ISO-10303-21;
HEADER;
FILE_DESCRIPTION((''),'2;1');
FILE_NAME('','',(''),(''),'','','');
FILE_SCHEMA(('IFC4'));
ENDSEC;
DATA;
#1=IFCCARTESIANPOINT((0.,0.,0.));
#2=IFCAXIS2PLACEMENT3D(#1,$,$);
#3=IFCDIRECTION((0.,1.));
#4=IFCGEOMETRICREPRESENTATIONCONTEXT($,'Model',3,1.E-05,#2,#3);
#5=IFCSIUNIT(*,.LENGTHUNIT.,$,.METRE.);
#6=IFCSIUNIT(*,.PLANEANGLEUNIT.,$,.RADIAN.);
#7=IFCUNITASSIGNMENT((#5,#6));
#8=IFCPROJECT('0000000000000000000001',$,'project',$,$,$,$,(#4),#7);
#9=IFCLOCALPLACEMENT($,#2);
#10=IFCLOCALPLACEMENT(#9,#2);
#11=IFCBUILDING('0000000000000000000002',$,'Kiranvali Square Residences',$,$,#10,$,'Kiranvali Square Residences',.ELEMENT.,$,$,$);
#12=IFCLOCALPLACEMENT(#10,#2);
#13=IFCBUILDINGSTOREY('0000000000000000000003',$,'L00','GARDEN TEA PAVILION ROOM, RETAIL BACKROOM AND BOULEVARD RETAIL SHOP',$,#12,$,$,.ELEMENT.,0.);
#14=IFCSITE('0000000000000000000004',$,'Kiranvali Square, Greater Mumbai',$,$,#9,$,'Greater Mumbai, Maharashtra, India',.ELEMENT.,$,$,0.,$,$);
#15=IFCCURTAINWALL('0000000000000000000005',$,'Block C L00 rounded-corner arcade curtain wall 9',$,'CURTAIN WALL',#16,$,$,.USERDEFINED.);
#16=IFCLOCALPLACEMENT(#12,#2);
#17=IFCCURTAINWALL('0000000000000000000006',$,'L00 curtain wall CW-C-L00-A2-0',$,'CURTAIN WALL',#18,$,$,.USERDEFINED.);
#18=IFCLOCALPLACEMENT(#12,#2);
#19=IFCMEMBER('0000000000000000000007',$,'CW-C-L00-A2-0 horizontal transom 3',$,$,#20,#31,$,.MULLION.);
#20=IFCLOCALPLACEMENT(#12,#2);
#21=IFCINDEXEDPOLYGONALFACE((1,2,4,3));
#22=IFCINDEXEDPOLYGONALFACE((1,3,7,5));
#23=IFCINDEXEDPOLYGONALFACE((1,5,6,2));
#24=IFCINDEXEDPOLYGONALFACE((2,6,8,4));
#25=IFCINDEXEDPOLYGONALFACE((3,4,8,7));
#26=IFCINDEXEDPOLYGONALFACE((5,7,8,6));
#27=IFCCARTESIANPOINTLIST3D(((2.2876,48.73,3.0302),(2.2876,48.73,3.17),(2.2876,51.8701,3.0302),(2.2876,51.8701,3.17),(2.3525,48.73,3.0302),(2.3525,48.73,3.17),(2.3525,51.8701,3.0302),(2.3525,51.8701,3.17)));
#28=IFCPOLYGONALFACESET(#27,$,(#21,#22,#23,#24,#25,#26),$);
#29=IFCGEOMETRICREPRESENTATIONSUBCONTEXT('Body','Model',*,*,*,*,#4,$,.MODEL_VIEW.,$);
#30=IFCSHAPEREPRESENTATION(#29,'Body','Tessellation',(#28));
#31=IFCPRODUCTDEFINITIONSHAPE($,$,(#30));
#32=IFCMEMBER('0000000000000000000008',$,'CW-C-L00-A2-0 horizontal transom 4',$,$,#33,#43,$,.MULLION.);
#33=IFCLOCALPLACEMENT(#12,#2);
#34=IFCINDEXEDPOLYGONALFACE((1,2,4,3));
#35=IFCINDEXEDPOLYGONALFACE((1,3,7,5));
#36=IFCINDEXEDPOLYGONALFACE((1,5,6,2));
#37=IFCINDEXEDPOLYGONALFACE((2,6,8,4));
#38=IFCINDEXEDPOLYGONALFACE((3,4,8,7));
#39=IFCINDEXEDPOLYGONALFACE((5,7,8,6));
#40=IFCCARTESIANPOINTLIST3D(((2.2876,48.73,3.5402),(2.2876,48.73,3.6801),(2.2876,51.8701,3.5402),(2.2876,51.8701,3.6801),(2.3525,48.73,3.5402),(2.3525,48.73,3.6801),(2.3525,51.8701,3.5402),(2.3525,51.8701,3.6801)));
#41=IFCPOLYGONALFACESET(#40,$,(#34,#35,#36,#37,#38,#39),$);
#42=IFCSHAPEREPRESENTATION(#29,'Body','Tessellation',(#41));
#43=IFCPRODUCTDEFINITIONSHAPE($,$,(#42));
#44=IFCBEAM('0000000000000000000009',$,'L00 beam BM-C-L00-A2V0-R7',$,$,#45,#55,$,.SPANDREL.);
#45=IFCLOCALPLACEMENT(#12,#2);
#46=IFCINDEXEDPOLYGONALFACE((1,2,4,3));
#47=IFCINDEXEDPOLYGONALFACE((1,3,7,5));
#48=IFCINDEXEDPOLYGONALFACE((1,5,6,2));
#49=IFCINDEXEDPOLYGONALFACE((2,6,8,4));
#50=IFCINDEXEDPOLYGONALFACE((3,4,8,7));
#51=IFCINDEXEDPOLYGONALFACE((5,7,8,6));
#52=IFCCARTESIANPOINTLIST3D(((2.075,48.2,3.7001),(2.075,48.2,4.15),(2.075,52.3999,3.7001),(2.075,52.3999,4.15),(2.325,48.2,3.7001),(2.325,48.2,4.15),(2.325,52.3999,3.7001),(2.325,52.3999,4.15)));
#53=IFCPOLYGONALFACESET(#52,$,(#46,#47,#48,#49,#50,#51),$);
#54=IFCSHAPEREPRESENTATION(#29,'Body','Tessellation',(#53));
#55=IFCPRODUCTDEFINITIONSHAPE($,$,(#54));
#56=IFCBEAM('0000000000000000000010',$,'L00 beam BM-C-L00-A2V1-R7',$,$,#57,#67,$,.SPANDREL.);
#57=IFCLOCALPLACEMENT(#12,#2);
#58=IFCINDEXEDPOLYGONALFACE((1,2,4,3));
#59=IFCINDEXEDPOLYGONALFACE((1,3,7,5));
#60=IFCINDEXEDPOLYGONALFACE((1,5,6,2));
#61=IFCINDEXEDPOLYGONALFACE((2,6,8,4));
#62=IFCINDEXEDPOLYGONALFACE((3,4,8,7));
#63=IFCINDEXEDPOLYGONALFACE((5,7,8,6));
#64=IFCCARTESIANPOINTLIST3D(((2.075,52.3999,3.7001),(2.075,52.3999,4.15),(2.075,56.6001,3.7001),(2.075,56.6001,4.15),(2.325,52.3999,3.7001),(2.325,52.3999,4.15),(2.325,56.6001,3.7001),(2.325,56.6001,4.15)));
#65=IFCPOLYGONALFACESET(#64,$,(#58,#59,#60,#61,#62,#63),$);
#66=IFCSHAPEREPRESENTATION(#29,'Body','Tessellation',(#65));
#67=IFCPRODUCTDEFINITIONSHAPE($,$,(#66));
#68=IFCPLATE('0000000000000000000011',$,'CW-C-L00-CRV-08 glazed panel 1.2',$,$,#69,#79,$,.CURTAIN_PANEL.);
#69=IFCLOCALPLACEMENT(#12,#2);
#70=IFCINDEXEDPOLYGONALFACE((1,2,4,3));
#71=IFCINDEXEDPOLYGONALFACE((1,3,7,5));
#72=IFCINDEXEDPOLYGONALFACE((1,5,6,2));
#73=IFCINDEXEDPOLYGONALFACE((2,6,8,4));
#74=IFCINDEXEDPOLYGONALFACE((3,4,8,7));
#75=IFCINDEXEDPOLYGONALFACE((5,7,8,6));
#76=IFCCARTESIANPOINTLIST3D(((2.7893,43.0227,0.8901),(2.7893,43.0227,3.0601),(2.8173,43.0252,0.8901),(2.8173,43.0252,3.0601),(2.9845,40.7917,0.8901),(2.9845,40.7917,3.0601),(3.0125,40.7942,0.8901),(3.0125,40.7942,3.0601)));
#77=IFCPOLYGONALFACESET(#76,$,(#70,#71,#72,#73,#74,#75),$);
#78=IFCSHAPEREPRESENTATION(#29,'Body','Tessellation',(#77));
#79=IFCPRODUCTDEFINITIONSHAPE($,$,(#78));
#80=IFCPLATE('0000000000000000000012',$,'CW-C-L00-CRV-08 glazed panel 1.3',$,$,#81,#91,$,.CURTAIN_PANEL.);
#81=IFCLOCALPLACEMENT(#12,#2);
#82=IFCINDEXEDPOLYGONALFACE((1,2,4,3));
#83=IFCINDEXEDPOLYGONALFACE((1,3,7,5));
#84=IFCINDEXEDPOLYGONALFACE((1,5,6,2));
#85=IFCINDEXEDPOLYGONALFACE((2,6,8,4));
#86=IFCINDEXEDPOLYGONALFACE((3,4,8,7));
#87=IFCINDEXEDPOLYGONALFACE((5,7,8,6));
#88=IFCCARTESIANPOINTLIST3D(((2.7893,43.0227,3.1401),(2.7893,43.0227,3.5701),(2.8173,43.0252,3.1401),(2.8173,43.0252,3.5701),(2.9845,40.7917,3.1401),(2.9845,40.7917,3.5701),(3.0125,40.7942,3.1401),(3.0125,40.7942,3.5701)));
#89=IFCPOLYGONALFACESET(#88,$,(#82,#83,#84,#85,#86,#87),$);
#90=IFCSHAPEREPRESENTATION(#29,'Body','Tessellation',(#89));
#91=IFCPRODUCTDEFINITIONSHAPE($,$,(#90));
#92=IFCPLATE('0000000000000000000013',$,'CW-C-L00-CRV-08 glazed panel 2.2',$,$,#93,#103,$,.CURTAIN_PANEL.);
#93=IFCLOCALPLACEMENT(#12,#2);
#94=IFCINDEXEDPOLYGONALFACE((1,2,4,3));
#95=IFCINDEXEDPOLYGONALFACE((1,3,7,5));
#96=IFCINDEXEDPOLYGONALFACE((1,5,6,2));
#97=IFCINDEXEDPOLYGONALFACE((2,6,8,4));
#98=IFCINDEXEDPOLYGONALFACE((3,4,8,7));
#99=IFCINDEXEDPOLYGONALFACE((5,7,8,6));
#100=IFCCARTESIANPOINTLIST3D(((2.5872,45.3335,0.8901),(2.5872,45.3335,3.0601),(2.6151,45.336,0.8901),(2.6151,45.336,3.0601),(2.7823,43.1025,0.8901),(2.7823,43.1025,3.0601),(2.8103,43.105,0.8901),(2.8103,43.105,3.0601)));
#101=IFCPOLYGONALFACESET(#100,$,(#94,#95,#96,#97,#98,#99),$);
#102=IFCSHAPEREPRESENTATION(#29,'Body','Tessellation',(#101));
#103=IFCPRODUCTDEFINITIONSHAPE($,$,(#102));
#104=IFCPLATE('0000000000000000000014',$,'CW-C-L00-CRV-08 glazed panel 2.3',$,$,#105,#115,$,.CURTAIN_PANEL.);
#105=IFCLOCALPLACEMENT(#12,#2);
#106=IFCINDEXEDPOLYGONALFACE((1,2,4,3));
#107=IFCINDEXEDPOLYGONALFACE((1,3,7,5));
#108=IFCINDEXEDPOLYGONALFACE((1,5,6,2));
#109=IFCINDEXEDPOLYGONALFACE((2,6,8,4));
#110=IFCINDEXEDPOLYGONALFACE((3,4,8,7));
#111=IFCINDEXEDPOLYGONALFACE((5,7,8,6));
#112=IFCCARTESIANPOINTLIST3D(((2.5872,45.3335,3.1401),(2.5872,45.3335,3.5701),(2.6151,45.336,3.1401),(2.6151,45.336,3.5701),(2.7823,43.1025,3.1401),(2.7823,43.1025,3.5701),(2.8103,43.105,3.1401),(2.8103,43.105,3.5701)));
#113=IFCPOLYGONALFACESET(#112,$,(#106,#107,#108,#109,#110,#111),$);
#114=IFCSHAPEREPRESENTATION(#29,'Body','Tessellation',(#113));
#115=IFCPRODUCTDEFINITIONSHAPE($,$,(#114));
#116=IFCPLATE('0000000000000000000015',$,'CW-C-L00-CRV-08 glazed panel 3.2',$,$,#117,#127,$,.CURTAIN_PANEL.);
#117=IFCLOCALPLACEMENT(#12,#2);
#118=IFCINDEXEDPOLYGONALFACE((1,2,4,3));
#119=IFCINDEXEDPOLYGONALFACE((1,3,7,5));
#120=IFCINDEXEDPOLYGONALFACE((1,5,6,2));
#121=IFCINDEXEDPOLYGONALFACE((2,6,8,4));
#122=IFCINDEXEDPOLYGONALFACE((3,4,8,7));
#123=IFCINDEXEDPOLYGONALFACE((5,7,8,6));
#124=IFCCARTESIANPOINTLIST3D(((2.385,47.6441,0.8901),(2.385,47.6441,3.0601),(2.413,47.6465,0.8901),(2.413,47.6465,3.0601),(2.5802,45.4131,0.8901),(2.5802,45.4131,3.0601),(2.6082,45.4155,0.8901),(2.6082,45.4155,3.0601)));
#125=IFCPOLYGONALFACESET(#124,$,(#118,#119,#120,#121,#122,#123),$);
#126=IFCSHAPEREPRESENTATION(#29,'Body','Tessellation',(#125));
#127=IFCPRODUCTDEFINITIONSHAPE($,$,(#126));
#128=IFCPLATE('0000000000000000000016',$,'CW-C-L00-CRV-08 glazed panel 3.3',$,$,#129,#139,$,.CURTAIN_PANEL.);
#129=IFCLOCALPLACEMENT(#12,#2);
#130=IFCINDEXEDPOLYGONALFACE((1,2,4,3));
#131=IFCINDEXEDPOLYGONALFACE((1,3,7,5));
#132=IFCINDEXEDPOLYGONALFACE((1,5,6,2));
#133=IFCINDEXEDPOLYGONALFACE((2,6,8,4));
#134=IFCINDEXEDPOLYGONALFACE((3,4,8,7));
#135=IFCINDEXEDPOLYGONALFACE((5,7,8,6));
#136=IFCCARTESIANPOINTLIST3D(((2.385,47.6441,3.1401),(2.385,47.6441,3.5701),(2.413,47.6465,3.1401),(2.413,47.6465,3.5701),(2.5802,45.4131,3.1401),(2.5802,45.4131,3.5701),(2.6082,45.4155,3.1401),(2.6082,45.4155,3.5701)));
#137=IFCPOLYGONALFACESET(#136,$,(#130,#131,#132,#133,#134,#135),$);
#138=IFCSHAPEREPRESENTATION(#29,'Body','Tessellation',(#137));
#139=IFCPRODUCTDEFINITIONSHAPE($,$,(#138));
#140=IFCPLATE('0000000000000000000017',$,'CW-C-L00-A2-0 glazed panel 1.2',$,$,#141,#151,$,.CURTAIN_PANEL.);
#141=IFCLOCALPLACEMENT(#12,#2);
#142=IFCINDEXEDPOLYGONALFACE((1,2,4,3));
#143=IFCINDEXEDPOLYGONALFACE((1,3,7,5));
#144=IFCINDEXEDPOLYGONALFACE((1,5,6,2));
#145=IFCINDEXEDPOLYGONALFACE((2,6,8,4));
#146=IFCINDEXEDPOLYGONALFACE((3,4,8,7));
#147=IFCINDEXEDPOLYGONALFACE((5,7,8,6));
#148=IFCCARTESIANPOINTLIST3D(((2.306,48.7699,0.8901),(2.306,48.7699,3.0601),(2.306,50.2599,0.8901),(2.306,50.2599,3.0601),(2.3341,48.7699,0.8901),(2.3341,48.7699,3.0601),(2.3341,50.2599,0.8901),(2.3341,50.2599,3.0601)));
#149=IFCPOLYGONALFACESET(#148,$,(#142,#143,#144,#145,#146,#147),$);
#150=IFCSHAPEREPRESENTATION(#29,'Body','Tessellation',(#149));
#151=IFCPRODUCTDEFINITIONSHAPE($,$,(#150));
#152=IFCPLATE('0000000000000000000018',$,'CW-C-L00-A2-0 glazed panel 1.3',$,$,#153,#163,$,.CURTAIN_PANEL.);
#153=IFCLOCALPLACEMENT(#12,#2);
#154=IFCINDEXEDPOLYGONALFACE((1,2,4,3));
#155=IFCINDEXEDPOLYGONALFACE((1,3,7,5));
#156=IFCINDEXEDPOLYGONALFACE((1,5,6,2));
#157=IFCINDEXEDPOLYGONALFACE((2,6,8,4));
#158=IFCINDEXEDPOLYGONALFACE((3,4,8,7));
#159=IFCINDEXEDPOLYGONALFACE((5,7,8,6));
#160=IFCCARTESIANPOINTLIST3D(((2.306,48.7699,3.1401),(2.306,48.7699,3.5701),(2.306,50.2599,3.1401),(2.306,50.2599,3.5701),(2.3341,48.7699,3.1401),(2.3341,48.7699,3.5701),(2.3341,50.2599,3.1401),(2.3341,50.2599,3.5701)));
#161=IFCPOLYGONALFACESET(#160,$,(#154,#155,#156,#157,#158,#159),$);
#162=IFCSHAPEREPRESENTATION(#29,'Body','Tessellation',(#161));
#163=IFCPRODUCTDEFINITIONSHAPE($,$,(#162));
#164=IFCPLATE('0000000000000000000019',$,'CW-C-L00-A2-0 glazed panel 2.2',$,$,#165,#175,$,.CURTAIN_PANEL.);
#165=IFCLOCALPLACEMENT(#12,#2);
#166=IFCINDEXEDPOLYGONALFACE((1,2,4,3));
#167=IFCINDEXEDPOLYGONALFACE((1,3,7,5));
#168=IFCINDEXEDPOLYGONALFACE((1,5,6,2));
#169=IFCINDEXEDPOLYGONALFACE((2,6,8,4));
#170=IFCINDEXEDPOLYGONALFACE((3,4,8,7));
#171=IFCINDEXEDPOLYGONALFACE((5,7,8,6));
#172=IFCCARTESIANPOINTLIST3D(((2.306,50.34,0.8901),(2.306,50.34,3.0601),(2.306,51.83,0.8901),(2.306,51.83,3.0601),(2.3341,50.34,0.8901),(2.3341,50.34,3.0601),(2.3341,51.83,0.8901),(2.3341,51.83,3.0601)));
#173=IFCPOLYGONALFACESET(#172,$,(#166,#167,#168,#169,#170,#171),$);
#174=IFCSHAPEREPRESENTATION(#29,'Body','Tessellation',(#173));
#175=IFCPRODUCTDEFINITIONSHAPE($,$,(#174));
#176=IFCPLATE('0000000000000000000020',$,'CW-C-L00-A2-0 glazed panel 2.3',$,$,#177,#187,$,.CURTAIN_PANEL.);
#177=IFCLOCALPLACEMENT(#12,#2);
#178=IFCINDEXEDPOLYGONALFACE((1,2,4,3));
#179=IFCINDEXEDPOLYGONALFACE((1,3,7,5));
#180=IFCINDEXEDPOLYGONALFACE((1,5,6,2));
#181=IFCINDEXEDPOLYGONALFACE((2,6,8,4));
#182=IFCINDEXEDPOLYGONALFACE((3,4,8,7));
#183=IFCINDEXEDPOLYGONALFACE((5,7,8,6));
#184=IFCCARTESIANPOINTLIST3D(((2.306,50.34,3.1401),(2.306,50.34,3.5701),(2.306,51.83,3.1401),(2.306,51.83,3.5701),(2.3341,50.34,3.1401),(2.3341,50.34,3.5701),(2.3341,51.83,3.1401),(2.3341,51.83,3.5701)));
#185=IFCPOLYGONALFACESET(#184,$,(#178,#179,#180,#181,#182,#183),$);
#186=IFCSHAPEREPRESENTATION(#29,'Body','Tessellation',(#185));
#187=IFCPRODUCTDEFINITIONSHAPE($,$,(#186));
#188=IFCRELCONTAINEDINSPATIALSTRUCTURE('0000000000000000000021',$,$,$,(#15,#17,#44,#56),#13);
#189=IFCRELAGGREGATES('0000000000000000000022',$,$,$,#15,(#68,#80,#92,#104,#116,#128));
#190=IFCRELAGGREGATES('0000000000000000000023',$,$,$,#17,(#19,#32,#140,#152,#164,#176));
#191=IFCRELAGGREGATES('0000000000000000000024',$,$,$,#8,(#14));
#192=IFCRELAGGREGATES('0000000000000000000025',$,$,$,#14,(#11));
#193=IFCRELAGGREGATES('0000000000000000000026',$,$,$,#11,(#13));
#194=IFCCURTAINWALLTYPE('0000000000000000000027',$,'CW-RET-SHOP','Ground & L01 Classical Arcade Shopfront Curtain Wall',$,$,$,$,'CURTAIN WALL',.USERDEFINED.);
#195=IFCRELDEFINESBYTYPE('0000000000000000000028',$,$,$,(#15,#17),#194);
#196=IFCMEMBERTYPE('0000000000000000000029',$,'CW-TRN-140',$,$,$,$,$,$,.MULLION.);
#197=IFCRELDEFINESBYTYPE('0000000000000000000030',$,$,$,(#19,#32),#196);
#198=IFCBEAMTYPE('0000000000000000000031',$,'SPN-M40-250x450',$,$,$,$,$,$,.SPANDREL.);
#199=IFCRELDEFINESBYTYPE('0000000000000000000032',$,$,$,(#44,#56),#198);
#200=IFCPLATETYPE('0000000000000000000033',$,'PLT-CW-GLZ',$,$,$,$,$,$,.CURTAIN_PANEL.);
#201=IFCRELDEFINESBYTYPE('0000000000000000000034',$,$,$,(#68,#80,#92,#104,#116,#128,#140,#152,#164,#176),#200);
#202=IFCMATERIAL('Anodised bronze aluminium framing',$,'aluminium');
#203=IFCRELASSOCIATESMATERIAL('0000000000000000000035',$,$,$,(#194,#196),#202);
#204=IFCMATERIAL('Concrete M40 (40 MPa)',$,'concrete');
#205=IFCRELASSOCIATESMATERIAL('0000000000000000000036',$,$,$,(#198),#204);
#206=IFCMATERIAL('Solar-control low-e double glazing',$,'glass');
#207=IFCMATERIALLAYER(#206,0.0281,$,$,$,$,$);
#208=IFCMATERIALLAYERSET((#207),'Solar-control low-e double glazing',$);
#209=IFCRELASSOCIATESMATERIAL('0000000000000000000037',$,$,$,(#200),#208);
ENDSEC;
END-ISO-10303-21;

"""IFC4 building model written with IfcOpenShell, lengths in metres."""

from ifc_helpers import new_model, si_unit, direction, frame, origin, origin_2d, place, context, subcontext, project, spatial, rectangle, extrude, material, layer, layer_set, material_profile, profile_set, type_object, element, aggregate, save


model = new_model("IFC4")

# Units and contexts
model_context = context("Model", 3, precision=1e-05, world=origin(), true_north=direction((0.0, 1.0)))
body_context = subcontext(model_context, "Body", "Model", "MODEL_VIEW")
ifc_project = project(units=[si_unit("LENGTHUNIT", "METRE"), si_unit("PLANEANGLEUNIT", "RADIAN")], contexts=[model_context])

# Site, building, storey
site_placement = place(None, origin())
site = spatial("IfcSite", under=ifc_project, at=site_placement, Name="Kiranvali Square, Greater Mumbai", LongName="Greater Mumbai, Maharashtra, India", CompositionType="ELEMENT", RefElevation=0.0)
building_placement = place(site_placement, origin())
building = spatial("IfcBuilding", under=site, at=building_placement, Name="Kiranvali Square Residences", LongName="Kiranvali Square Residences", CompositionType="ELEMENT")
storey_placement = place(building_placement, origin())
storey = spatial("IfcBuildingStorey", under=building, at=storey_placement, Name="L00", Description="GARDEN TEA PAVILION ROOM, RETAIL BACKROOM AND BOULEVARD RETAIL SHOP", CompositionType="ELEMENT", Elevation=0.0)

# Shared definitions
ifc_material_1 = material(Name="Concrete M40 (40 MPa)", Category="concrete")

# Curtain walls, members
ifc_material_2 = material(Name="Anodised bronze aluminium framing", Category="aluminium")
curtain_wall_type = type_object("IfcCurtainWallType", Name="CW-RET-SHOP", Description="Ground & L01 Classical Arcade Shopfront Curtain Wall", ElementType="CURTAIN WALL", PredefinedType="USERDEFINED", material=ifc_material_2)
curtain_wall_1_placement = place(storey_placement, origin())
curtain_wall_1 = element("IfcCurtainWall", 1, at=curtain_wall_1_placement, inside=storey, type_object=curtain_wall_type, Name="Block C L00 rounded-corner arcade curtain wall 9", ObjectType="CURTAIN WALL", PredefinedType="USERDEFINED")
curtain_wall_2_placement = place(storey_placement, origin())
curtain_wall_2 = element("IfcCurtainWall", 2, at=curtain_wall_2_placement, inside=storey, type_object=curtain_wall_type, Name="L00 curtain wall CW-C-L00-A2-0", ObjectType="CURTAIN WALL", PredefinedType="USERDEFINED")
ifc_material_profile_1 = material_profile(ifc_material_2, rectangle(XDim=0.0649, YDim=0.1399, at=origin_2d()), Name="ALU 65x140")
ifc_profile_set_1 = profile_set([ifc_material_profile_1], Name="Anodised bronze aluminium framing")
member_type_1 = type_object("IfcMemberType", Name="CW-TRN-140", PredefinedType="MULLION", material=ifc_profile_set_1)
member_1_placement = place(storey_placement, frame((2.3201, 48.73, 3.1001), z_axis=(0.0, 1.0, 0.0), x_axis=(-1.0, 0.0, 0.0)))
member_1 = element("IfcMember", 3, at=member_1_placement, type_object=member_type_1, Name="CW-C-L00-A2-0 horizontal transom 3", PredefinedType="MULLION", context=body_context, shape_type="SweptSolid", body=[
    extrude(rectangle(XDim=0.0649, YDim=0.1399, at=origin_2d()), origin(), (0.0, 0.0, 1.0), 3.1401),
])
member_2_placement = place(storey_placement, frame((2.3201, 48.73, 3.6101), z_axis=(0.0, 1.0, 0.0), x_axis=(-1.0, 0.0, 0.0)))
member_2 = element("IfcMember", 4, at=member_2_placement, type_object=member_type_1, Name="CW-C-L00-A2-0 horizontal transom 4", PredefinedType="MULLION", context=body_context, shape_type="SweptSolid", body=[
    extrude(rectangle(XDim=0.0649, YDim=0.1399, at=origin_2d()), origin(), (0.0, 0.0, 1.0), 3.1401),
])

# Beams
ifc_material_profile_2 = material_profile(ifc_material_1, rectangle(XDim=0.25, YDim=0.45, at=origin_2d()), Name="RC 250x450")
ifc_profile_set_2 = profile_set([ifc_material_profile_2], Name="Concrete M40 (40 MPa)")
beam_type_1 = type_object("IfcBeamType", Name="SPN-M40-250x450", PredefinedType="SPANDREL", material=ifc_profile_set_2)
beam_1_placement = place(storey_placement, frame((2.2, 48.2, 3.925), z_axis=(0.0, 1.0, 0.0), x_axis=(-1.0, 0.0, 0.0)))
element("IfcBeam", 5, at=beam_1_placement, inside=storey, type_object=beam_type_1, Name="L00 beam BM-C-L00-A2V0-R7", PredefinedType="SPANDREL", context=body_context, shape_type="SweptSolid", body=[
    extrude(rectangle(XDim=0.25, YDim=0.45, at=origin_2d()), origin(), (0.0, 0.0, 1.0), 4.2),
])
beam_2_placement = place(storey_placement, frame((2.2, 52.3999, 3.925), z_axis=(0.0, 1.0, 0.0), x_axis=(-1.0, 0.0, 0.0)))
element("IfcBeam", 6, at=beam_2_placement, inside=storey, type_object=beam_type_1, Name="L00 beam BM-C-L00-A2V1-R7", PredefinedType="SPANDREL", context=body_context, shape_type="SweptSolid", body=[
    extrude(rectangle(XDim=0.25, YDim=0.45, at=origin_2d()), origin(), (0.0, 0.0, 1.0), 4.2002),
])

# Plates
ifc_material_3 = material(Name="Solar-control low-e double glazing", Category="glass")
ifc_layer_1 = layer(ifc_material_3, 0.0281)
ifc_layer_set_1 = layer_set([ifc_layer_1], Name="Solar-control low-e double glazing")
plate_type_1 = type_object("IfcPlateType", Name="PLT-CW-GLZ", PredefinedType="CURTAIN_PANEL", material=ifc_layer_set_1)
plate_1_placement = place(storey_placement, frame((2.9009, 41.9084, 0.8901), z_axis=(0.0, 0.0, 1.0), x_axis=(-0.087156, 0.996195, 0.0)))
plate_1 = element("IfcPlate", 7, at=plate_1_placement, type_object=plate_type_1, Name="CW-C-L00-CRV-08 glazed panel 1.2", PredefinedType="CURTAIN_PANEL", context=body_context, shape_type="SweptSolid", body=[
    extrude(rectangle(XDim=2.2395, YDim=0.0281, at=origin_2d()), origin(), (0.0, 0.0, 1.0), 2.1699),
])
plate_2_placement = place(storey_placement, frame((2.9009, 41.9084, 3.1401), z_axis=(0.0, 0.0, 1.0), x_axis=(-0.087156, 0.996195, 0.0)))
plate_2 = element("IfcPlate", 8, at=plate_2_placement, type_object=plate_type_1, Name="CW-C-L00-CRV-08 glazed panel 1.3", PredefinedType="CURTAIN_PANEL", context=body_context, shape_type="SweptSolid", body=[
    extrude(rectangle(XDim=2.2395, YDim=0.0281, at=origin_2d()), origin(), (0.0, 0.0, 1.0), 0.4299),
])
plate_3_placement = place(storey_placement, frame((2.6987, 44.2192, 0.8901), z_axis=(0.0, 0.0, 1.0), x_axis=(-0.087156, 0.996195, 0.0)))
plate_3 = element("IfcPlate", 9, at=plate_3_placement, type_object=plate_type_1, Name="CW-C-L00-CRV-08 glazed panel 2.2", PredefinedType="CURTAIN_PANEL", context=body_context, shape_type="SweptSolid", body=[
    extrude(rectangle(XDim=2.2395, YDim=0.0281, at=origin_2d()), origin(), (0.0, 0.0, 1.0), 2.1699),
])
plate_4_placement = place(storey_placement, frame((2.6987, 44.2192, 3.1401), z_axis=(0.0, 0.0, 1.0), x_axis=(-0.087156, 0.996195, 0.0)))
plate_4 = element("IfcPlate", 10, at=plate_4_placement, type_object=plate_type_1, Name="CW-C-L00-CRV-08 glazed panel 2.3", PredefinedType="CURTAIN_PANEL", context=body_context, shape_type="SweptSolid", body=[
    extrude(rectangle(XDim=2.2395, YDim=0.0281, at=origin_2d()), origin(), (0.0, 0.0, 1.0), 0.4299),
])
plate_5_placement = place(storey_placement, frame((2.4966, 46.5298, 0.8901), z_axis=(0.0, 0.0, 1.0), x_axis=(-0.087156, 0.996195, 0.0)))
plate_5 = element("IfcPlate", 11, at=plate_5_placement, type_object=plate_type_1, Name="CW-C-L00-CRV-08 glazed panel 3.2", PredefinedType="CURTAIN_PANEL", context=body_context, shape_type="SweptSolid", body=[
    extrude(rectangle(XDim=2.2395, YDim=0.0281, at=origin_2d()), origin(), (0.0, 0.0, 1.0), 2.1699),
])
plate_6_placement = place(storey_placement, frame((2.4966, 46.5298, 3.1401), z_axis=(0.0, 0.0, 1.0), x_axis=(-0.087156, 0.996195, 0.0)))
plate_6 = element("IfcPlate", 12, at=plate_6_placement, type_object=plate_type_1, Name="CW-C-L00-CRV-08 glazed panel 3.3", PredefinedType="CURTAIN_PANEL", context=body_context, shape_type="SweptSolid", body=[
    extrude(rectangle(XDim=2.2395, YDim=0.0281, at=origin_2d()), origin(), (0.0, 0.0, 1.0), 0.4299),
])
plate_7_placement = place(storey_placement, frame((2.3201, 49.5149, 0.8901), z_axis=(0.0, 0.0, 1.0), x_axis=(0.0, 1.0, 0.0)))
plate_7 = element("IfcPlate", 13, at=plate_7_placement, type_object=plate_type_1, Name="CW-C-L00-A2-0 glazed panel 1.2", PredefinedType="CURTAIN_PANEL", context=body_context, shape_type="SweptSolid", body=[
    extrude(rectangle(XDim=1.49, YDim=0.0281, at=origin_2d()), origin(), (0.0, 0.0, 1.0), 2.1699),
])
plate_8_placement = place(storey_placement, frame((2.3201, 49.5149, 3.1401), z_axis=(0.0, 0.0, 1.0), x_axis=(0.0, 1.0, 0.0)))
plate_8 = element("IfcPlate", 14, at=plate_8_placement, type_object=plate_type_1, Name="CW-C-L00-A2-0 glazed panel 1.3", PredefinedType="CURTAIN_PANEL", context=body_context, shape_type="SweptSolid", body=[
    extrude(rectangle(XDim=1.49, YDim=0.0281, at=origin_2d()), origin(), (0.0, 0.0, 1.0), 0.4299),
])
plate_9_placement = place(storey_placement, frame((2.3201, 51.085, 0.8901), z_axis=(0.0, 0.0, 1.0), x_axis=(0.0, 1.0, 0.0)))
plate_9 = element("IfcPlate", 15, at=plate_9_placement, type_object=plate_type_1, Name="CW-C-L00-A2-0 glazed panel 2.2", PredefinedType="CURTAIN_PANEL", context=body_context, shape_type="SweptSolid", body=[
    extrude(rectangle(XDim=1.49, YDim=0.0281, at=origin_2d()), origin(), (0.0, 0.0, 1.0), 2.1699),
])
plate_10_placement = place(storey_placement, frame((2.3201, 51.085, 3.1401), z_axis=(0.0, 0.0, 1.0), x_axis=(0.0, 1.0, 0.0)))
plate_10 = element("IfcPlate", 16, at=plate_10_placement, type_object=plate_type_1, Name="CW-C-L00-A2-0 glazed panel 2.3", PredefinedType="CURTAIN_PANEL", context=body_context, shape_type="SweptSolid", body=[
    extrude(rectangle(XDim=1.49, YDim=0.0281, at=origin_2d()), origin(), (0.0, 0.0, 1.0), 0.4299),
])
aggregate(curtain_wall_1, [plate_1, plate_2, plate_3, plate_4, plate_5, plate_6])
aggregate(curtain_wall_2, [member_1, member_2, plate_7, plate_8, plate_9, plate_10])

save(model, "model.ifc")
